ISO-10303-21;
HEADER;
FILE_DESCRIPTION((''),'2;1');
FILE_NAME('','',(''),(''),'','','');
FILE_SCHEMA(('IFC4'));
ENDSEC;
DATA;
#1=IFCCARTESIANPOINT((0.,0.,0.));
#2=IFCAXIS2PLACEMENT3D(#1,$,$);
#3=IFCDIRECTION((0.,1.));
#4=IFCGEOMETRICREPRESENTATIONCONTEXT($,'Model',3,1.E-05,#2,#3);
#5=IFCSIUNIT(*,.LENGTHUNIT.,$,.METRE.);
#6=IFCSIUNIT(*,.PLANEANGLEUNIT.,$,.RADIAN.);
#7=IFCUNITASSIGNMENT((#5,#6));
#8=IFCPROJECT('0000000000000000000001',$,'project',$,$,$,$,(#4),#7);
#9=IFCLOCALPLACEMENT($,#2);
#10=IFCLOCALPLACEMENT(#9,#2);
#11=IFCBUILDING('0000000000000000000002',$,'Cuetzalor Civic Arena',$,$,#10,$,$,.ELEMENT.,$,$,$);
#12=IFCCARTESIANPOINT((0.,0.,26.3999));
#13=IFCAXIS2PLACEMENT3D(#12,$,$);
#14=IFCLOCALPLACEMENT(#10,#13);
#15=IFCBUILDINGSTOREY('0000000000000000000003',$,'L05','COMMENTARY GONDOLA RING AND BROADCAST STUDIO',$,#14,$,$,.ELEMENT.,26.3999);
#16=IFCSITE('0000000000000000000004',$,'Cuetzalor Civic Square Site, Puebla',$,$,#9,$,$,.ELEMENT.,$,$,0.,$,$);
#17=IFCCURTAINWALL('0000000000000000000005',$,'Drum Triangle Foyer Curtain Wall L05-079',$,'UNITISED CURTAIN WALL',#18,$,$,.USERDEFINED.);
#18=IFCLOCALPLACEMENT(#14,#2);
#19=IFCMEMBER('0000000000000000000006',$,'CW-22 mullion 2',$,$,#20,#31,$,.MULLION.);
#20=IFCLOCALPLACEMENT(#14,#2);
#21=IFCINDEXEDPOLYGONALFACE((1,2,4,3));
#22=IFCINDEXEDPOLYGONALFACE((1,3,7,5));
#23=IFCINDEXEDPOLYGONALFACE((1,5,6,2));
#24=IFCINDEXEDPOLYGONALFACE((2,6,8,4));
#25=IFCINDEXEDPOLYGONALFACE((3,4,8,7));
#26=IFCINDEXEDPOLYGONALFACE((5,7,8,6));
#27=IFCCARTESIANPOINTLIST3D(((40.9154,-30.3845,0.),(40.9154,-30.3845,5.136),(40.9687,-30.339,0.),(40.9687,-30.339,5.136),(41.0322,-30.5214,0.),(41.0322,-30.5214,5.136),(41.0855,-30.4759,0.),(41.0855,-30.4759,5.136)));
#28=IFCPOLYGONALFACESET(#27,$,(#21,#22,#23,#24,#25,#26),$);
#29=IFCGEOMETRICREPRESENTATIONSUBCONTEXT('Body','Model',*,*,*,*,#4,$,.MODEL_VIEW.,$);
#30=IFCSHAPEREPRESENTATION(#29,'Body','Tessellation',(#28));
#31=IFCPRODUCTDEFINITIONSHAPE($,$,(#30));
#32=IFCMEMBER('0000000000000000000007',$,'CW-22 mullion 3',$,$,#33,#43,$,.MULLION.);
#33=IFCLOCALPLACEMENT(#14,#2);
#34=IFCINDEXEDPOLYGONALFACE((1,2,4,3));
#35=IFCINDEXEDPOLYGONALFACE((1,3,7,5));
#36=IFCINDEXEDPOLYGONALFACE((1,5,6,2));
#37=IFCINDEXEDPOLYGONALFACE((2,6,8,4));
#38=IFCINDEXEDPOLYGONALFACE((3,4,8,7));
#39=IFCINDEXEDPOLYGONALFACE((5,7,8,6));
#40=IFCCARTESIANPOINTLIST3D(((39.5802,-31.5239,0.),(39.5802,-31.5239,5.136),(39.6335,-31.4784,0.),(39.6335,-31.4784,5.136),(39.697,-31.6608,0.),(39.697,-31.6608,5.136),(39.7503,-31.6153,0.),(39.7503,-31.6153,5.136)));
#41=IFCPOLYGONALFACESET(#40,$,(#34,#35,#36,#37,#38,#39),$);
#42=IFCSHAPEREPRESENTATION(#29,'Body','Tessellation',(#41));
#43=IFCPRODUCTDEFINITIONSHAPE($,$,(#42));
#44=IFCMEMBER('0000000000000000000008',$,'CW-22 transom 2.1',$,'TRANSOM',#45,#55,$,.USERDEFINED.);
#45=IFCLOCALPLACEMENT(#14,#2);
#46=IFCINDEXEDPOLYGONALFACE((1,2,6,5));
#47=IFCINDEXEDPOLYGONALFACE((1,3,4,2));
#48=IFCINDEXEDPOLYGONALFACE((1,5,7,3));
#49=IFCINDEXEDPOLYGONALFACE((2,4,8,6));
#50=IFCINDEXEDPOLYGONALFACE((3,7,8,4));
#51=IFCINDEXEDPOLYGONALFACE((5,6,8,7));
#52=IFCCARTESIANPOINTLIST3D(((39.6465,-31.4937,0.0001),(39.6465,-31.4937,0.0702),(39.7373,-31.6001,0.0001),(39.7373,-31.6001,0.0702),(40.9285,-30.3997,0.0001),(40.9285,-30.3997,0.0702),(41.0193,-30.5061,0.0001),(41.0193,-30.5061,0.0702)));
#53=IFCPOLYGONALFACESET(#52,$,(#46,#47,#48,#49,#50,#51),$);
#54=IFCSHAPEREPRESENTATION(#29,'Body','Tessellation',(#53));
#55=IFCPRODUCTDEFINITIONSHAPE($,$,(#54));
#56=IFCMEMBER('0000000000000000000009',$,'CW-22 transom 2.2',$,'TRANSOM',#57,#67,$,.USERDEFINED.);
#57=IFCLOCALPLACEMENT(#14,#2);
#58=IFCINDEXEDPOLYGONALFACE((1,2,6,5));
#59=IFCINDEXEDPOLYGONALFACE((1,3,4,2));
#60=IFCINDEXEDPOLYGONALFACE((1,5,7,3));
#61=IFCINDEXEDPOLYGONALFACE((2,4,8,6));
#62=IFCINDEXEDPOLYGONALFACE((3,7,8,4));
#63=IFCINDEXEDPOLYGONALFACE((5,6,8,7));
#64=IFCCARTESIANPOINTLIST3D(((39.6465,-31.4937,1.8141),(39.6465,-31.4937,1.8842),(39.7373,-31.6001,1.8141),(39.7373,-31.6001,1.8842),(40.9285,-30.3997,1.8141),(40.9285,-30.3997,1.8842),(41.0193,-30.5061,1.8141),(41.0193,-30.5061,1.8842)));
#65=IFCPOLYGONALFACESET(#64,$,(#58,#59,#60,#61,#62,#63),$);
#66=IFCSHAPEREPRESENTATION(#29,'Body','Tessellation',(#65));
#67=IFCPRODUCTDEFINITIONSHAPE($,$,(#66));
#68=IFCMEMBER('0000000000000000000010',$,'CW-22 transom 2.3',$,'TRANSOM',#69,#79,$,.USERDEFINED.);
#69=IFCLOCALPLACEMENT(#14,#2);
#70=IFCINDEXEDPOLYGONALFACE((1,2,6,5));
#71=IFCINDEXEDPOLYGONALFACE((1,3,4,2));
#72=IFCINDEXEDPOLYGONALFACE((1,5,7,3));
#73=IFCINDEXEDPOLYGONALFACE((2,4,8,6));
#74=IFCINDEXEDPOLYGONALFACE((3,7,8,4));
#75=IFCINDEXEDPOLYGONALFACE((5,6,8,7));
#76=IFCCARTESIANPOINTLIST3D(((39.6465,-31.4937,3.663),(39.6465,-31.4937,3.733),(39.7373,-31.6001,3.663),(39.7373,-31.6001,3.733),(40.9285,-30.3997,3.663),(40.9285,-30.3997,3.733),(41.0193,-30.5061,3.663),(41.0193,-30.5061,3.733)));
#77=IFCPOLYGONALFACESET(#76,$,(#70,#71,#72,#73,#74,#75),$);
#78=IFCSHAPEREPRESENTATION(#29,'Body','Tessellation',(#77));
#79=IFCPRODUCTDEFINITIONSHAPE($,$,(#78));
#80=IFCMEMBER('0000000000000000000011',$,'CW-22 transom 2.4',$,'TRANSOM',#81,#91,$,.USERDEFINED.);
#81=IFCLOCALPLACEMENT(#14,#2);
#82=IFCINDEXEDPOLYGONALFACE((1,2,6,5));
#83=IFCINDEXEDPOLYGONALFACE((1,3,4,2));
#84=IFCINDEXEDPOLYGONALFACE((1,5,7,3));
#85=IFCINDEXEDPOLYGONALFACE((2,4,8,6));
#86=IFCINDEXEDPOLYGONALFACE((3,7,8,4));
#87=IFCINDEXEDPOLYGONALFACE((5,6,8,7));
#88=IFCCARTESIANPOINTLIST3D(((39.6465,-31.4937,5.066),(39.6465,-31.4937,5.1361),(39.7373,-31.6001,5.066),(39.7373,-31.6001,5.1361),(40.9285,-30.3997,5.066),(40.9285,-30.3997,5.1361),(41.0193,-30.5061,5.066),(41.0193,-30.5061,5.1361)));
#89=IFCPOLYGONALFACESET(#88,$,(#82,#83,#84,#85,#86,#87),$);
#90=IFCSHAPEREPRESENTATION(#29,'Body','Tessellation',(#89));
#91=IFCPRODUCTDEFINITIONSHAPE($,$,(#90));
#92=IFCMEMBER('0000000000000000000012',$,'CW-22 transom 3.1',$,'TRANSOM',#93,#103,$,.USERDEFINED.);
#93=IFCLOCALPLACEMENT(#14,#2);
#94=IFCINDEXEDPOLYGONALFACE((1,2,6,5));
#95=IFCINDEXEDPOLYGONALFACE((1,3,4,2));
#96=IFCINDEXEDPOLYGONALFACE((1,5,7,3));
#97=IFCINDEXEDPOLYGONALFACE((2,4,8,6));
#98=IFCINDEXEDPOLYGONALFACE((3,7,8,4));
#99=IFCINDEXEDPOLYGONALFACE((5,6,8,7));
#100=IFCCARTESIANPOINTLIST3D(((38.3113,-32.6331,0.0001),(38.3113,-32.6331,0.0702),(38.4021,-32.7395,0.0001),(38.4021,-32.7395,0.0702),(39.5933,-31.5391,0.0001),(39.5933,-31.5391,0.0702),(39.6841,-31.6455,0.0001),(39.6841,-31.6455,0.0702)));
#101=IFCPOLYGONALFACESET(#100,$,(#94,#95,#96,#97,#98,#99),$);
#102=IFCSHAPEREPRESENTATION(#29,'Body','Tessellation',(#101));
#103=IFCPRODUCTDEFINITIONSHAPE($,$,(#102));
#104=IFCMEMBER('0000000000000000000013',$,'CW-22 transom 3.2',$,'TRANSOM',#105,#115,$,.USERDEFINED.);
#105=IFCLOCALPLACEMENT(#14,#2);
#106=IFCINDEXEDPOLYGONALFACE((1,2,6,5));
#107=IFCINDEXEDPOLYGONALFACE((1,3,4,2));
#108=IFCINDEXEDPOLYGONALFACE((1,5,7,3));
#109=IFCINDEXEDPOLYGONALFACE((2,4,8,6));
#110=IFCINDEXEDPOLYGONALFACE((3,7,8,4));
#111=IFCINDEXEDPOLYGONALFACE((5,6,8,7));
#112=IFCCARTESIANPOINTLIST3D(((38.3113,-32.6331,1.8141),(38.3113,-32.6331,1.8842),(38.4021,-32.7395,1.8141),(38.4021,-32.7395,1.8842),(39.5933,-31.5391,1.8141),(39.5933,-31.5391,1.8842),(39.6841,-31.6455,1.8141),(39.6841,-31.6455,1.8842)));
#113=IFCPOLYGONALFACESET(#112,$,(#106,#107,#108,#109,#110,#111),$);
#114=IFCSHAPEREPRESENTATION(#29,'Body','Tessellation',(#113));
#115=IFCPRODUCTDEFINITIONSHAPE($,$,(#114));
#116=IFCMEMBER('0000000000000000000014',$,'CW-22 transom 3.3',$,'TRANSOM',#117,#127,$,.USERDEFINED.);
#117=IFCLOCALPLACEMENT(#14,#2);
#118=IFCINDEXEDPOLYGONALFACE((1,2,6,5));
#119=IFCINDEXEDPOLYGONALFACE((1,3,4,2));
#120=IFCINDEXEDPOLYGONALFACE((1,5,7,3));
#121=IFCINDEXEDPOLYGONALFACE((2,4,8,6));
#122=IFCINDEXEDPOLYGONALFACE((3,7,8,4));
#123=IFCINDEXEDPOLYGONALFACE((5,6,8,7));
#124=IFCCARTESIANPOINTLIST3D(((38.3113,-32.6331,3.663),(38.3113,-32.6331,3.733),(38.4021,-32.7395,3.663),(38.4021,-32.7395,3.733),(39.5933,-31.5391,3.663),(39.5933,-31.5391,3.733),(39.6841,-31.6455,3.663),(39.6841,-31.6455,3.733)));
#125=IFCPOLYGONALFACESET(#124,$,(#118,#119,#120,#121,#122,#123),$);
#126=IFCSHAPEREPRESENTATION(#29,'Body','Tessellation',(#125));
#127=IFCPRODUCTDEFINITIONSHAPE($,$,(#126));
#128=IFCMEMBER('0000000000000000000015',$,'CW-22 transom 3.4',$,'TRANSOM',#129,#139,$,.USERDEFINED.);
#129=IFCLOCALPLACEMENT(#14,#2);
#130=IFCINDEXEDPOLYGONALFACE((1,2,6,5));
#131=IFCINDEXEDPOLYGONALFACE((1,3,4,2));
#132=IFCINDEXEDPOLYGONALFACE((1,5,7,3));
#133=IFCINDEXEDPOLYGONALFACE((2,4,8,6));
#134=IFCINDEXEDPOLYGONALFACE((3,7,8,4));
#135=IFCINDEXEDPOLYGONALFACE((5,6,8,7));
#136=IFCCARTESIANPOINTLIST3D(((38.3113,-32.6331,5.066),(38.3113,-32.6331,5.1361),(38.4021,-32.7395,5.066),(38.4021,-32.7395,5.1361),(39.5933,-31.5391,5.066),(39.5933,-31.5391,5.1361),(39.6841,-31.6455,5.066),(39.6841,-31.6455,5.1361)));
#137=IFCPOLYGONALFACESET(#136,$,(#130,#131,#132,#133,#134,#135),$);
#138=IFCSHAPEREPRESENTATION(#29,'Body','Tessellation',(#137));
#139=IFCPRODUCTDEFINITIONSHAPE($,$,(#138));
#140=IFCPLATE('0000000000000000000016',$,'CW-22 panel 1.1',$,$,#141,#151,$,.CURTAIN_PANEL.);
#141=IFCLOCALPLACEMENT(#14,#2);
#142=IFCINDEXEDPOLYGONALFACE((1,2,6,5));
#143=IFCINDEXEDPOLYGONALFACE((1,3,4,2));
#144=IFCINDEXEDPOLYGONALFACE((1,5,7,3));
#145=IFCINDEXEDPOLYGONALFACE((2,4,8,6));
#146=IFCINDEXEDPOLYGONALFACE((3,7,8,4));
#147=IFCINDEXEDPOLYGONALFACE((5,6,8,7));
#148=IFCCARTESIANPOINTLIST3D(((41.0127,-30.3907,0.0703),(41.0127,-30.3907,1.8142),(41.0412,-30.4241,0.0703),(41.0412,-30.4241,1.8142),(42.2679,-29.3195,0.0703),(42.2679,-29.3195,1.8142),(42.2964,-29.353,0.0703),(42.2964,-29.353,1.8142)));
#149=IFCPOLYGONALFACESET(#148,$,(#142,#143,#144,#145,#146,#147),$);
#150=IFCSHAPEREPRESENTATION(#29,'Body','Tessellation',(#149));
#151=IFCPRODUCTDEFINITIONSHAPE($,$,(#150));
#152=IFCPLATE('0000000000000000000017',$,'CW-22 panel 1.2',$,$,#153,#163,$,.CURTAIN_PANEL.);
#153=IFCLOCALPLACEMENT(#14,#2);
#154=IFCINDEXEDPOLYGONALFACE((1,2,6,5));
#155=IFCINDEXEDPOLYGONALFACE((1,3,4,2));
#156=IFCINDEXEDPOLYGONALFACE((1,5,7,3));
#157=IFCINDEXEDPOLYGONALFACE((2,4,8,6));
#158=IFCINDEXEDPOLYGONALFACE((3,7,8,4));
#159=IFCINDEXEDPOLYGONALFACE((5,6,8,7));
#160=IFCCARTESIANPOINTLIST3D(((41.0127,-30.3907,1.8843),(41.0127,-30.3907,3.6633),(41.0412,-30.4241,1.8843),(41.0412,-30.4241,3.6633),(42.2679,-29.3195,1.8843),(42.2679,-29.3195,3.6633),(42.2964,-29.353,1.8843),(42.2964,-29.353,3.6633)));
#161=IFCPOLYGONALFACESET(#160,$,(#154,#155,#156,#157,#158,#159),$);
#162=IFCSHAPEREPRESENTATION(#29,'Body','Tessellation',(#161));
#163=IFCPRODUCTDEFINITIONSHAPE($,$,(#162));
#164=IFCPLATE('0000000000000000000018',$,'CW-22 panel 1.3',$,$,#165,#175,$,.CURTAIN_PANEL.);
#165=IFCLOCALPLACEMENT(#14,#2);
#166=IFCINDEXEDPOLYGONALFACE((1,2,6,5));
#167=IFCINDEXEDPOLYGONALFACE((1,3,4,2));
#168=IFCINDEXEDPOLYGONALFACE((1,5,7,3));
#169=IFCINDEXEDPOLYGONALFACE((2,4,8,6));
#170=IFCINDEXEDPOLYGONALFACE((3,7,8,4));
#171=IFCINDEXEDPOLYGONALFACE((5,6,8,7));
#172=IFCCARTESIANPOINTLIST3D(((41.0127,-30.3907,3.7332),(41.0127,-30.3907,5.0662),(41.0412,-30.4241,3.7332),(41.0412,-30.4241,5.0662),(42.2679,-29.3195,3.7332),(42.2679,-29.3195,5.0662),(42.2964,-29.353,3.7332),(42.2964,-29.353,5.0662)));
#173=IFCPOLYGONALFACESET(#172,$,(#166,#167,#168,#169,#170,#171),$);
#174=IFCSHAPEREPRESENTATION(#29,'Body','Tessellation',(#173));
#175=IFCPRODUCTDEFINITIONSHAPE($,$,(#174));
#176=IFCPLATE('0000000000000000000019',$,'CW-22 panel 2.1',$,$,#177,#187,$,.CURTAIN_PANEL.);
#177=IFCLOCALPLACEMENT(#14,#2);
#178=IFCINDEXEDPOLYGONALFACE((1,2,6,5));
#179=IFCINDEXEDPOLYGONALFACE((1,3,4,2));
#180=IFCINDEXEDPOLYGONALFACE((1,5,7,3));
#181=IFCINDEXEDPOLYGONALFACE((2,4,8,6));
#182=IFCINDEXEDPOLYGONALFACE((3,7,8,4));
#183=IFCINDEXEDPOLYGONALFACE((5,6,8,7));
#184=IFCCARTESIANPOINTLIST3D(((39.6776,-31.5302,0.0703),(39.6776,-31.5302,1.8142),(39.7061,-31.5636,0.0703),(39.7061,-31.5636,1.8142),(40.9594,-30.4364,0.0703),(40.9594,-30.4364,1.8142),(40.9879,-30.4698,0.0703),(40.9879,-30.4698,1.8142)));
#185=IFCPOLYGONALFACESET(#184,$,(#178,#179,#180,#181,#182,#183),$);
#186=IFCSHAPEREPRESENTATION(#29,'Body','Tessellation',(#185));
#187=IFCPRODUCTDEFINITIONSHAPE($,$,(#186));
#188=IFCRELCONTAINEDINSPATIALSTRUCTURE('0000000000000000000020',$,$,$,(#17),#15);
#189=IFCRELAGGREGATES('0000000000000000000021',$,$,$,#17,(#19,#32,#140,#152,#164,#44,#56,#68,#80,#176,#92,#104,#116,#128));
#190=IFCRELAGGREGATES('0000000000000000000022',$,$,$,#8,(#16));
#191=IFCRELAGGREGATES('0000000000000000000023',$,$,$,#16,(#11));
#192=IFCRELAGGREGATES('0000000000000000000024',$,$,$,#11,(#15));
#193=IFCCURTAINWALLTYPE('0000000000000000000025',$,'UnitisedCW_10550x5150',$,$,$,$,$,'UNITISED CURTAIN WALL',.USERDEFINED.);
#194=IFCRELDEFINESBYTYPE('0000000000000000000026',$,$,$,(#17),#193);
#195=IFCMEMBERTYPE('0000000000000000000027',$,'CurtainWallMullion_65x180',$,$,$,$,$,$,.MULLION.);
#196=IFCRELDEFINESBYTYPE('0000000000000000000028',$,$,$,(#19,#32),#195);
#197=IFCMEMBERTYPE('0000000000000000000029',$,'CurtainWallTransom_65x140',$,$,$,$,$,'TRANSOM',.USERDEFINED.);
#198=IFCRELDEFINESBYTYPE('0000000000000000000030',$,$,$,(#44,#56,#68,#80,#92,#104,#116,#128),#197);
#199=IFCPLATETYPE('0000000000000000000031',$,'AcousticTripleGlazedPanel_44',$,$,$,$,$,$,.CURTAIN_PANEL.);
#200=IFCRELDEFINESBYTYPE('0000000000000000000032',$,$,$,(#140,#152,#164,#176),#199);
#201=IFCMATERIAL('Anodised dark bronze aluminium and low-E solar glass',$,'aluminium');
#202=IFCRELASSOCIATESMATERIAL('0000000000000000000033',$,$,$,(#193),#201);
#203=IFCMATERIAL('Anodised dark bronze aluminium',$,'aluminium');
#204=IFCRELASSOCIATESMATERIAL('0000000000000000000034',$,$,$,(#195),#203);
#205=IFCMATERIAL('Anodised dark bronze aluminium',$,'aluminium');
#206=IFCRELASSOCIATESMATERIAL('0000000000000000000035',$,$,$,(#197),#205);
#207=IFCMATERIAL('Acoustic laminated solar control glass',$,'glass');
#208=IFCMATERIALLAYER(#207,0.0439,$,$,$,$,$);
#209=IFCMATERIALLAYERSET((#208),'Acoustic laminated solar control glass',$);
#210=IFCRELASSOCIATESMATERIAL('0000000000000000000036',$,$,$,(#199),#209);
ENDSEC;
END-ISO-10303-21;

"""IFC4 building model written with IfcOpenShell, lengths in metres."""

from ifc_helpers import new_model, si_unit, direction, frame, origin, origin_2d, place, context, subcontext, project, spatial, rectangle, extrude, material, layer, layer_set, material_profile, profile_set, type_object, element, aggregate, save


model = new_model("IFC4")

# Units and contexts
model_context = context("Model", 3, precision=1e-05, world=origin(), true_north=direction((0.0, 1.0)))
body_context = subcontext(model_context, "Body", "Model", "MODEL_VIEW")
ifc_project = project(units=[si_unit("LENGTHUNIT", "METRE"), si_unit("PLANEANGLEUNIT", "RADIAN")], contexts=[model_context])

# Site, building, storey
site_placement = place(None, origin())
site = spatial("IfcSite", under=ifc_project, at=site_placement, Name="Cuetzalor Civic Square Site, Puebla", CompositionType="ELEMENT", RefElevation=0.0)
building_placement = place(site_placement, origin())
building = spatial("IfcBuilding", under=site, at=building_placement, Name="Cuetzalor Civic Arena", CompositionType="ELEMENT")
storey_placement = place(building_placement, frame((0.0, 0.0, 26.3999)))
storey = spatial("IfcBuildingStorey", under=building, at=storey_placement, Name="L05", Description="COMMENTARY GONDOLA RING AND BROADCAST STUDIO", CompositionType="ELEMENT", Elevation=26.3999)

# Curtain wall, members, plates
ifc_material_1 = material(Name="Anodised dark bronze aluminium and low-E solar glass", Category="aluminium")
curtain_wall_type = type_object("IfcCurtainWallType", Name="UnitisedCW_10550x5150", ElementType="UNITISED CURTAIN WALL", PredefinedType="USERDEFINED", material=ifc_material_1)
curtain_wall_placement = place(storey_placement, origin())
curtain_wall = element("IfcCurtainWall", 1, at=curtain_wall_placement, inside=storey, type_object=curtain_wall_type, Name="Drum Triangle Foyer Curtain Wall L05-079", ObjectType="UNITISED CURTAIN WALL", PredefinedType="USERDEFINED")
ifc_material_2 = material(Name="Anodised dark bronze aluminium", Category="aluminium")
ifc_material_profile_1 = material_profile(ifc_material_2, rectangle(XDim=0.0701, YDim=0.1799, at=origin_2d()), Name="ALU MULLION 70x180")
ifc_profile_set_1 = profile_set([ifc_material_profile_1], Name="Anodised dark bronze aluminium")
member_type_1 = type_object("IfcMemberType", Name="CurtainWallMullion_65x180", PredefinedType="MULLION", material=ifc_profile_set_1)
member_1_placement = place(storey_placement, frame((41.0005, -30.4302, 0.0), z_axis=(0.0, 0.0, 1.0), x_axis=(-0.760677, -0.64913, 0.0)))
member_1 = element("IfcMember", 2, at=member_1_placement, type_object=member_type_1, Name="CW-22 mullion 2", PredefinedType="MULLION", context=body_context, shape_type="SweptSolid", body=[
    extrude(rectangle(XDim=0.0701, YDim=0.1799, at=origin_2d()), origin(), (0.0, 0.0, 1.0), 5.136),
])
member_2_placement = place(storey_placement, frame((39.6653, -31.5696, 0.0), z_axis=(0.0, 0.0, 1.0), x_axis=(-0.760677, -0.64913, 0.0)))
member_2 = element("IfcMember", 3, at=member_2_placement, type_object=member_type_1, Name="CW-22 mullion 3", PredefinedType="MULLION", context=body_context, shape_type="SweptSolid", body=[
    extrude(rectangle(XDim=0.0701, YDim=0.1799, at=origin_2d()), origin(), (0.0, 0.0, 1.0), 5.136),
])
ifc_material_3 = material(Name="Anodised dark bronze aluminium", Category="aluminium")
ifc_material_profile_2 = material_profile(ifc_material_3, rectangle(XDim=0.1399, YDim=0.0701, at=origin_2d()), Name="ALU TRANSOM 70x140")
ifc_profile_set_2 = profile_set([ifc_material_profile_2], Name="Anodised dark bronze aluminium")
member_type_2 = type_object("IfcMemberType", Name="CurtainWallTransom_65x140", ElementType="TRANSOM", PredefinedType="USERDEFINED", material=ifc_profile_set_2)
member_3_placement = place(storey_placement, frame((40.9739, -30.4529, 0.0352), z_axis=(-0.760676, -0.649132, 0.0), x_axis=(0.649132, -0.760676, 0.0)))
member_3 = element("IfcMember", 4, at=member_3_placement, type_object=member_type_2, Name="CW-22 transom 2.1", ObjectType="TRANSOM", PredefinedType="USERDEFINED", context=body_context, shape_type="SweptSolid", body=[
    extrude(rectangle(XDim=0.1399, YDim=0.0701, at=origin_2d()), origin(), (0.0, 0.0, 1.0), 1.6853),
])
member_4_placement = place(storey_placement, frame((40.9739, -30.4529, 1.8491), z_axis=(-0.760676, -0.649132, 0.0), x_axis=(0.649132, -0.760676, 0.0)))
member_4 = element("IfcMember", 5, at=member_4_placement, type_object=member_type_2, Name="CW-22 transom 2.2", ObjectType="TRANSOM", PredefinedType="USERDEFINED", context=body_context, shape_type="SweptSolid", body=[
    extrude(rectangle(XDim=0.1399, YDim=0.0701, at=origin_2d()), origin(), (0.0, 0.0, 1.0), 1.6853),
])
member_5_placement = place(storey_placement, frame((40.9739, -30.4529, 3.698), z_axis=(-0.760676, -0.649132, 0.0), x_axis=(0.649132, -0.760676, 0.0)))
member_5 = element("IfcMember", 6, at=member_5_placement, type_object=member_type_2, Name="CW-22 transom 2.3", ObjectType="TRANSOM", PredefinedType="USERDEFINED", context=body_context, shape_type="SweptSolid", body=[
    extrude(rectangle(XDim=0.1399, YDim=0.0701, at=origin_2d()), origin(), (0.0, 0.0, 1.0), 1.6853),
])
member_6_placement = place(storey_placement, frame((40.9739, -30.4529, 5.1011), z_axis=(-0.760676, -0.649132, 0.0), x_axis=(0.649132, -0.760676, 0.0)))
member_6 = element("IfcMember", 7, at=member_6_placement, type_object=member_type_2, Name="CW-22 transom 2.4", ObjectType="TRANSOM", PredefinedType="USERDEFINED", context=body_context, shape_type="SweptSolid", body=[
    extrude(rectangle(XDim=0.1399, YDim=0.0701, at=origin_2d()), origin(), (0.0, 0.0, 1.0), 1.6853),
])
member_7_placement = place(storey_placement, frame((39.6387, -31.5923, 0.0352), z_axis=(-0.760676, -0.649132, 0.0), x_axis=(0.649132, -0.760676, 0.0)))
member_7 = element("IfcMember", 8, at=member_7_placement, type_object=member_type_2, Name="CW-22 transom 3.1", ObjectType="TRANSOM", PredefinedType="USERDEFINED", context=body_context, shape_type="SweptSolid", body=[
    extrude(rectangle(XDim=0.1399, YDim=0.0701, at=origin_2d()), origin(), (0.0, 0.0, 1.0), 1.6853),
])
member_8_placement = place(storey_placement, frame((39.6387, -31.5923, 1.8491), z_axis=(-0.760676, -0.649132, 0.0), x_axis=(0.649132, -0.760676, 0.0)))
member_8 = element("IfcMember", 9, at=member_8_placement, type_object=member_type_2, Name="CW-22 transom 3.2", ObjectType="TRANSOM", PredefinedType="USERDEFINED", context=body_context, shape_type="SweptSolid", body=[
    extrude(rectangle(XDim=0.1399, YDim=0.0701, at=origin_2d()), origin(), (0.0, 0.0, 1.0), 1.6853),
])
member_9_placement = place(storey_placement, frame((39.6387, -31.5923, 3.698), z_axis=(-0.760676, -0.649132, 0.0), x_axis=(0.649132, -0.760676, 0.0)))
member_9 = element("IfcMember", 10, at=member_9_placement, type_object=member_type_2, Name="CW-22 transom 3.3", ObjectType="TRANSOM", PredefinedType="USERDEFINED", context=body_context, shape_type="SweptSolid", body=[
    extrude(rectangle(XDim=0.1399, YDim=0.0701, at=origin_2d()), origin(), (0.0, 0.0, 1.0), 1.6853),
])
member_10_placement = place(storey_placement, frame((39.6387, -31.5923, 5.1011), z_axis=(-0.760676, -0.649132, 0.0), x_axis=(0.649132, -0.760676, 0.0)))
member_10 = element("IfcMember", 11, at=member_10_placement, type_object=member_type_2, Name="CW-22 transom 3.4", ObjectType="TRANSOM", PredefinedType="USERDEFINED", context=body_context, shape_type="SweptSolid", body=[
    extrude(rectangle(XDim=0.1399, YDim=0.0701, at=origin_2d()), origin(), (0.0, 0.0, 1.0), 1.6853),
])
ifc_material_4 = material(Name="Acoustic laminated solar control glass", Category="glass")
ifc_layer_1 = layer(ifc_material_4, 0.0439)
ifc_layer_set_1 = layer_set([ifc_layer_1], Name="Acoustic laminated solar control glass")
plate_type = type_object("IfcPlateType", Name="AcousticTripleGlazedPanel_44", PredefinedType="CURTAIN_PANEL", material=ifc_layer_set_1)
plate_1_placement = place(storey_placement, frame((41.6545, -29.8718, 0.0703), z_axis=(0.0, 0.0, 1.0), x_axis=(-0.760677, -0.64913, 0.0)))
plate_1 = element("IfcPlate", 12, at=plate_1_placement, type_object=plate_type, Name="CW-22 panel 1.1", PredefinedType="CURTAIN_PANEL", context=body_context, shape_type="SweptSolid", body=[
    extrude(rectangle(XDim=1.6501, YDim=0.0439, at=origin_2d()), origin(), (0.0, 0.0, 1.0), 1.7439),
])
plate_2_placement = place(storey_placement, frame((41.6545, -29.8718, 1.8843), z_axis=(0.0, 0.0, 1.0), x_axis=(-0.760677, -0.64913, 0.0)))
plate_2 = element("IfcPlate", 13, at=plate_2_placement, type_object=plate_type, Name="CW-22 panel 1.2", PredefinedType="CURTAIN_PANEL", context=body_context, shape_type="SweptSolid", body=[
    extrude(rectangle(XDim=1.6501, YDim=0.0439, at=origin_2d()), origin(), (0.0, 0.0, 1.0), 1.7791),
])
plate_3_placement = place(storey_placement, frame((41.6545, -29.8718, 3.7332), z_axis=(0.0, 0.0, 1.0), x_axis=(-0.760677, -0.64913, 0.0)))
plate_3 = element("IfcPlate", 14, at=plate_3_placement, type_object=plate_type, Name="CW-22 panel 1.3", PredefinedType="CURTAIN_PANEL", context=body_context, shape_type="SweptSolid", body=[
    extrude(rectangle(XDim=1.6501, YDim=0.0439, at=origin_2d()), origin(), (0.0, 0.0, 1.0), 1.333),
])
plate_4_placement = place(storey_placement, frame((40.3328, -31.0, 0.0703), z_axis=(0.0, 0.0, 1.0), x_axis=(-0.760677, -0.64913, 0.0)))
plate_4 = element("IfcPlate", 15, at=plate_4_placement, type_object=plate_type, Name="CW-22 panel 2.1", PredefinedType="CURTAIN_PANEL", context=body_context, shape_type="SweptSolid", body=[
    extrude(rectangle(XDim=1.6851, YDim=0.0439, at=origin_2d()), origin(), (0.0, 0.0, 1.0), 1.7439),
])
aggregate(curtain_wall, [member_1, member_2, plate_1, plate_2, plate_3, member_3, member_4, member_5, member_6, plate_4, member_7, member_8, member_9, member_10])

save(model, "model.ifc")
